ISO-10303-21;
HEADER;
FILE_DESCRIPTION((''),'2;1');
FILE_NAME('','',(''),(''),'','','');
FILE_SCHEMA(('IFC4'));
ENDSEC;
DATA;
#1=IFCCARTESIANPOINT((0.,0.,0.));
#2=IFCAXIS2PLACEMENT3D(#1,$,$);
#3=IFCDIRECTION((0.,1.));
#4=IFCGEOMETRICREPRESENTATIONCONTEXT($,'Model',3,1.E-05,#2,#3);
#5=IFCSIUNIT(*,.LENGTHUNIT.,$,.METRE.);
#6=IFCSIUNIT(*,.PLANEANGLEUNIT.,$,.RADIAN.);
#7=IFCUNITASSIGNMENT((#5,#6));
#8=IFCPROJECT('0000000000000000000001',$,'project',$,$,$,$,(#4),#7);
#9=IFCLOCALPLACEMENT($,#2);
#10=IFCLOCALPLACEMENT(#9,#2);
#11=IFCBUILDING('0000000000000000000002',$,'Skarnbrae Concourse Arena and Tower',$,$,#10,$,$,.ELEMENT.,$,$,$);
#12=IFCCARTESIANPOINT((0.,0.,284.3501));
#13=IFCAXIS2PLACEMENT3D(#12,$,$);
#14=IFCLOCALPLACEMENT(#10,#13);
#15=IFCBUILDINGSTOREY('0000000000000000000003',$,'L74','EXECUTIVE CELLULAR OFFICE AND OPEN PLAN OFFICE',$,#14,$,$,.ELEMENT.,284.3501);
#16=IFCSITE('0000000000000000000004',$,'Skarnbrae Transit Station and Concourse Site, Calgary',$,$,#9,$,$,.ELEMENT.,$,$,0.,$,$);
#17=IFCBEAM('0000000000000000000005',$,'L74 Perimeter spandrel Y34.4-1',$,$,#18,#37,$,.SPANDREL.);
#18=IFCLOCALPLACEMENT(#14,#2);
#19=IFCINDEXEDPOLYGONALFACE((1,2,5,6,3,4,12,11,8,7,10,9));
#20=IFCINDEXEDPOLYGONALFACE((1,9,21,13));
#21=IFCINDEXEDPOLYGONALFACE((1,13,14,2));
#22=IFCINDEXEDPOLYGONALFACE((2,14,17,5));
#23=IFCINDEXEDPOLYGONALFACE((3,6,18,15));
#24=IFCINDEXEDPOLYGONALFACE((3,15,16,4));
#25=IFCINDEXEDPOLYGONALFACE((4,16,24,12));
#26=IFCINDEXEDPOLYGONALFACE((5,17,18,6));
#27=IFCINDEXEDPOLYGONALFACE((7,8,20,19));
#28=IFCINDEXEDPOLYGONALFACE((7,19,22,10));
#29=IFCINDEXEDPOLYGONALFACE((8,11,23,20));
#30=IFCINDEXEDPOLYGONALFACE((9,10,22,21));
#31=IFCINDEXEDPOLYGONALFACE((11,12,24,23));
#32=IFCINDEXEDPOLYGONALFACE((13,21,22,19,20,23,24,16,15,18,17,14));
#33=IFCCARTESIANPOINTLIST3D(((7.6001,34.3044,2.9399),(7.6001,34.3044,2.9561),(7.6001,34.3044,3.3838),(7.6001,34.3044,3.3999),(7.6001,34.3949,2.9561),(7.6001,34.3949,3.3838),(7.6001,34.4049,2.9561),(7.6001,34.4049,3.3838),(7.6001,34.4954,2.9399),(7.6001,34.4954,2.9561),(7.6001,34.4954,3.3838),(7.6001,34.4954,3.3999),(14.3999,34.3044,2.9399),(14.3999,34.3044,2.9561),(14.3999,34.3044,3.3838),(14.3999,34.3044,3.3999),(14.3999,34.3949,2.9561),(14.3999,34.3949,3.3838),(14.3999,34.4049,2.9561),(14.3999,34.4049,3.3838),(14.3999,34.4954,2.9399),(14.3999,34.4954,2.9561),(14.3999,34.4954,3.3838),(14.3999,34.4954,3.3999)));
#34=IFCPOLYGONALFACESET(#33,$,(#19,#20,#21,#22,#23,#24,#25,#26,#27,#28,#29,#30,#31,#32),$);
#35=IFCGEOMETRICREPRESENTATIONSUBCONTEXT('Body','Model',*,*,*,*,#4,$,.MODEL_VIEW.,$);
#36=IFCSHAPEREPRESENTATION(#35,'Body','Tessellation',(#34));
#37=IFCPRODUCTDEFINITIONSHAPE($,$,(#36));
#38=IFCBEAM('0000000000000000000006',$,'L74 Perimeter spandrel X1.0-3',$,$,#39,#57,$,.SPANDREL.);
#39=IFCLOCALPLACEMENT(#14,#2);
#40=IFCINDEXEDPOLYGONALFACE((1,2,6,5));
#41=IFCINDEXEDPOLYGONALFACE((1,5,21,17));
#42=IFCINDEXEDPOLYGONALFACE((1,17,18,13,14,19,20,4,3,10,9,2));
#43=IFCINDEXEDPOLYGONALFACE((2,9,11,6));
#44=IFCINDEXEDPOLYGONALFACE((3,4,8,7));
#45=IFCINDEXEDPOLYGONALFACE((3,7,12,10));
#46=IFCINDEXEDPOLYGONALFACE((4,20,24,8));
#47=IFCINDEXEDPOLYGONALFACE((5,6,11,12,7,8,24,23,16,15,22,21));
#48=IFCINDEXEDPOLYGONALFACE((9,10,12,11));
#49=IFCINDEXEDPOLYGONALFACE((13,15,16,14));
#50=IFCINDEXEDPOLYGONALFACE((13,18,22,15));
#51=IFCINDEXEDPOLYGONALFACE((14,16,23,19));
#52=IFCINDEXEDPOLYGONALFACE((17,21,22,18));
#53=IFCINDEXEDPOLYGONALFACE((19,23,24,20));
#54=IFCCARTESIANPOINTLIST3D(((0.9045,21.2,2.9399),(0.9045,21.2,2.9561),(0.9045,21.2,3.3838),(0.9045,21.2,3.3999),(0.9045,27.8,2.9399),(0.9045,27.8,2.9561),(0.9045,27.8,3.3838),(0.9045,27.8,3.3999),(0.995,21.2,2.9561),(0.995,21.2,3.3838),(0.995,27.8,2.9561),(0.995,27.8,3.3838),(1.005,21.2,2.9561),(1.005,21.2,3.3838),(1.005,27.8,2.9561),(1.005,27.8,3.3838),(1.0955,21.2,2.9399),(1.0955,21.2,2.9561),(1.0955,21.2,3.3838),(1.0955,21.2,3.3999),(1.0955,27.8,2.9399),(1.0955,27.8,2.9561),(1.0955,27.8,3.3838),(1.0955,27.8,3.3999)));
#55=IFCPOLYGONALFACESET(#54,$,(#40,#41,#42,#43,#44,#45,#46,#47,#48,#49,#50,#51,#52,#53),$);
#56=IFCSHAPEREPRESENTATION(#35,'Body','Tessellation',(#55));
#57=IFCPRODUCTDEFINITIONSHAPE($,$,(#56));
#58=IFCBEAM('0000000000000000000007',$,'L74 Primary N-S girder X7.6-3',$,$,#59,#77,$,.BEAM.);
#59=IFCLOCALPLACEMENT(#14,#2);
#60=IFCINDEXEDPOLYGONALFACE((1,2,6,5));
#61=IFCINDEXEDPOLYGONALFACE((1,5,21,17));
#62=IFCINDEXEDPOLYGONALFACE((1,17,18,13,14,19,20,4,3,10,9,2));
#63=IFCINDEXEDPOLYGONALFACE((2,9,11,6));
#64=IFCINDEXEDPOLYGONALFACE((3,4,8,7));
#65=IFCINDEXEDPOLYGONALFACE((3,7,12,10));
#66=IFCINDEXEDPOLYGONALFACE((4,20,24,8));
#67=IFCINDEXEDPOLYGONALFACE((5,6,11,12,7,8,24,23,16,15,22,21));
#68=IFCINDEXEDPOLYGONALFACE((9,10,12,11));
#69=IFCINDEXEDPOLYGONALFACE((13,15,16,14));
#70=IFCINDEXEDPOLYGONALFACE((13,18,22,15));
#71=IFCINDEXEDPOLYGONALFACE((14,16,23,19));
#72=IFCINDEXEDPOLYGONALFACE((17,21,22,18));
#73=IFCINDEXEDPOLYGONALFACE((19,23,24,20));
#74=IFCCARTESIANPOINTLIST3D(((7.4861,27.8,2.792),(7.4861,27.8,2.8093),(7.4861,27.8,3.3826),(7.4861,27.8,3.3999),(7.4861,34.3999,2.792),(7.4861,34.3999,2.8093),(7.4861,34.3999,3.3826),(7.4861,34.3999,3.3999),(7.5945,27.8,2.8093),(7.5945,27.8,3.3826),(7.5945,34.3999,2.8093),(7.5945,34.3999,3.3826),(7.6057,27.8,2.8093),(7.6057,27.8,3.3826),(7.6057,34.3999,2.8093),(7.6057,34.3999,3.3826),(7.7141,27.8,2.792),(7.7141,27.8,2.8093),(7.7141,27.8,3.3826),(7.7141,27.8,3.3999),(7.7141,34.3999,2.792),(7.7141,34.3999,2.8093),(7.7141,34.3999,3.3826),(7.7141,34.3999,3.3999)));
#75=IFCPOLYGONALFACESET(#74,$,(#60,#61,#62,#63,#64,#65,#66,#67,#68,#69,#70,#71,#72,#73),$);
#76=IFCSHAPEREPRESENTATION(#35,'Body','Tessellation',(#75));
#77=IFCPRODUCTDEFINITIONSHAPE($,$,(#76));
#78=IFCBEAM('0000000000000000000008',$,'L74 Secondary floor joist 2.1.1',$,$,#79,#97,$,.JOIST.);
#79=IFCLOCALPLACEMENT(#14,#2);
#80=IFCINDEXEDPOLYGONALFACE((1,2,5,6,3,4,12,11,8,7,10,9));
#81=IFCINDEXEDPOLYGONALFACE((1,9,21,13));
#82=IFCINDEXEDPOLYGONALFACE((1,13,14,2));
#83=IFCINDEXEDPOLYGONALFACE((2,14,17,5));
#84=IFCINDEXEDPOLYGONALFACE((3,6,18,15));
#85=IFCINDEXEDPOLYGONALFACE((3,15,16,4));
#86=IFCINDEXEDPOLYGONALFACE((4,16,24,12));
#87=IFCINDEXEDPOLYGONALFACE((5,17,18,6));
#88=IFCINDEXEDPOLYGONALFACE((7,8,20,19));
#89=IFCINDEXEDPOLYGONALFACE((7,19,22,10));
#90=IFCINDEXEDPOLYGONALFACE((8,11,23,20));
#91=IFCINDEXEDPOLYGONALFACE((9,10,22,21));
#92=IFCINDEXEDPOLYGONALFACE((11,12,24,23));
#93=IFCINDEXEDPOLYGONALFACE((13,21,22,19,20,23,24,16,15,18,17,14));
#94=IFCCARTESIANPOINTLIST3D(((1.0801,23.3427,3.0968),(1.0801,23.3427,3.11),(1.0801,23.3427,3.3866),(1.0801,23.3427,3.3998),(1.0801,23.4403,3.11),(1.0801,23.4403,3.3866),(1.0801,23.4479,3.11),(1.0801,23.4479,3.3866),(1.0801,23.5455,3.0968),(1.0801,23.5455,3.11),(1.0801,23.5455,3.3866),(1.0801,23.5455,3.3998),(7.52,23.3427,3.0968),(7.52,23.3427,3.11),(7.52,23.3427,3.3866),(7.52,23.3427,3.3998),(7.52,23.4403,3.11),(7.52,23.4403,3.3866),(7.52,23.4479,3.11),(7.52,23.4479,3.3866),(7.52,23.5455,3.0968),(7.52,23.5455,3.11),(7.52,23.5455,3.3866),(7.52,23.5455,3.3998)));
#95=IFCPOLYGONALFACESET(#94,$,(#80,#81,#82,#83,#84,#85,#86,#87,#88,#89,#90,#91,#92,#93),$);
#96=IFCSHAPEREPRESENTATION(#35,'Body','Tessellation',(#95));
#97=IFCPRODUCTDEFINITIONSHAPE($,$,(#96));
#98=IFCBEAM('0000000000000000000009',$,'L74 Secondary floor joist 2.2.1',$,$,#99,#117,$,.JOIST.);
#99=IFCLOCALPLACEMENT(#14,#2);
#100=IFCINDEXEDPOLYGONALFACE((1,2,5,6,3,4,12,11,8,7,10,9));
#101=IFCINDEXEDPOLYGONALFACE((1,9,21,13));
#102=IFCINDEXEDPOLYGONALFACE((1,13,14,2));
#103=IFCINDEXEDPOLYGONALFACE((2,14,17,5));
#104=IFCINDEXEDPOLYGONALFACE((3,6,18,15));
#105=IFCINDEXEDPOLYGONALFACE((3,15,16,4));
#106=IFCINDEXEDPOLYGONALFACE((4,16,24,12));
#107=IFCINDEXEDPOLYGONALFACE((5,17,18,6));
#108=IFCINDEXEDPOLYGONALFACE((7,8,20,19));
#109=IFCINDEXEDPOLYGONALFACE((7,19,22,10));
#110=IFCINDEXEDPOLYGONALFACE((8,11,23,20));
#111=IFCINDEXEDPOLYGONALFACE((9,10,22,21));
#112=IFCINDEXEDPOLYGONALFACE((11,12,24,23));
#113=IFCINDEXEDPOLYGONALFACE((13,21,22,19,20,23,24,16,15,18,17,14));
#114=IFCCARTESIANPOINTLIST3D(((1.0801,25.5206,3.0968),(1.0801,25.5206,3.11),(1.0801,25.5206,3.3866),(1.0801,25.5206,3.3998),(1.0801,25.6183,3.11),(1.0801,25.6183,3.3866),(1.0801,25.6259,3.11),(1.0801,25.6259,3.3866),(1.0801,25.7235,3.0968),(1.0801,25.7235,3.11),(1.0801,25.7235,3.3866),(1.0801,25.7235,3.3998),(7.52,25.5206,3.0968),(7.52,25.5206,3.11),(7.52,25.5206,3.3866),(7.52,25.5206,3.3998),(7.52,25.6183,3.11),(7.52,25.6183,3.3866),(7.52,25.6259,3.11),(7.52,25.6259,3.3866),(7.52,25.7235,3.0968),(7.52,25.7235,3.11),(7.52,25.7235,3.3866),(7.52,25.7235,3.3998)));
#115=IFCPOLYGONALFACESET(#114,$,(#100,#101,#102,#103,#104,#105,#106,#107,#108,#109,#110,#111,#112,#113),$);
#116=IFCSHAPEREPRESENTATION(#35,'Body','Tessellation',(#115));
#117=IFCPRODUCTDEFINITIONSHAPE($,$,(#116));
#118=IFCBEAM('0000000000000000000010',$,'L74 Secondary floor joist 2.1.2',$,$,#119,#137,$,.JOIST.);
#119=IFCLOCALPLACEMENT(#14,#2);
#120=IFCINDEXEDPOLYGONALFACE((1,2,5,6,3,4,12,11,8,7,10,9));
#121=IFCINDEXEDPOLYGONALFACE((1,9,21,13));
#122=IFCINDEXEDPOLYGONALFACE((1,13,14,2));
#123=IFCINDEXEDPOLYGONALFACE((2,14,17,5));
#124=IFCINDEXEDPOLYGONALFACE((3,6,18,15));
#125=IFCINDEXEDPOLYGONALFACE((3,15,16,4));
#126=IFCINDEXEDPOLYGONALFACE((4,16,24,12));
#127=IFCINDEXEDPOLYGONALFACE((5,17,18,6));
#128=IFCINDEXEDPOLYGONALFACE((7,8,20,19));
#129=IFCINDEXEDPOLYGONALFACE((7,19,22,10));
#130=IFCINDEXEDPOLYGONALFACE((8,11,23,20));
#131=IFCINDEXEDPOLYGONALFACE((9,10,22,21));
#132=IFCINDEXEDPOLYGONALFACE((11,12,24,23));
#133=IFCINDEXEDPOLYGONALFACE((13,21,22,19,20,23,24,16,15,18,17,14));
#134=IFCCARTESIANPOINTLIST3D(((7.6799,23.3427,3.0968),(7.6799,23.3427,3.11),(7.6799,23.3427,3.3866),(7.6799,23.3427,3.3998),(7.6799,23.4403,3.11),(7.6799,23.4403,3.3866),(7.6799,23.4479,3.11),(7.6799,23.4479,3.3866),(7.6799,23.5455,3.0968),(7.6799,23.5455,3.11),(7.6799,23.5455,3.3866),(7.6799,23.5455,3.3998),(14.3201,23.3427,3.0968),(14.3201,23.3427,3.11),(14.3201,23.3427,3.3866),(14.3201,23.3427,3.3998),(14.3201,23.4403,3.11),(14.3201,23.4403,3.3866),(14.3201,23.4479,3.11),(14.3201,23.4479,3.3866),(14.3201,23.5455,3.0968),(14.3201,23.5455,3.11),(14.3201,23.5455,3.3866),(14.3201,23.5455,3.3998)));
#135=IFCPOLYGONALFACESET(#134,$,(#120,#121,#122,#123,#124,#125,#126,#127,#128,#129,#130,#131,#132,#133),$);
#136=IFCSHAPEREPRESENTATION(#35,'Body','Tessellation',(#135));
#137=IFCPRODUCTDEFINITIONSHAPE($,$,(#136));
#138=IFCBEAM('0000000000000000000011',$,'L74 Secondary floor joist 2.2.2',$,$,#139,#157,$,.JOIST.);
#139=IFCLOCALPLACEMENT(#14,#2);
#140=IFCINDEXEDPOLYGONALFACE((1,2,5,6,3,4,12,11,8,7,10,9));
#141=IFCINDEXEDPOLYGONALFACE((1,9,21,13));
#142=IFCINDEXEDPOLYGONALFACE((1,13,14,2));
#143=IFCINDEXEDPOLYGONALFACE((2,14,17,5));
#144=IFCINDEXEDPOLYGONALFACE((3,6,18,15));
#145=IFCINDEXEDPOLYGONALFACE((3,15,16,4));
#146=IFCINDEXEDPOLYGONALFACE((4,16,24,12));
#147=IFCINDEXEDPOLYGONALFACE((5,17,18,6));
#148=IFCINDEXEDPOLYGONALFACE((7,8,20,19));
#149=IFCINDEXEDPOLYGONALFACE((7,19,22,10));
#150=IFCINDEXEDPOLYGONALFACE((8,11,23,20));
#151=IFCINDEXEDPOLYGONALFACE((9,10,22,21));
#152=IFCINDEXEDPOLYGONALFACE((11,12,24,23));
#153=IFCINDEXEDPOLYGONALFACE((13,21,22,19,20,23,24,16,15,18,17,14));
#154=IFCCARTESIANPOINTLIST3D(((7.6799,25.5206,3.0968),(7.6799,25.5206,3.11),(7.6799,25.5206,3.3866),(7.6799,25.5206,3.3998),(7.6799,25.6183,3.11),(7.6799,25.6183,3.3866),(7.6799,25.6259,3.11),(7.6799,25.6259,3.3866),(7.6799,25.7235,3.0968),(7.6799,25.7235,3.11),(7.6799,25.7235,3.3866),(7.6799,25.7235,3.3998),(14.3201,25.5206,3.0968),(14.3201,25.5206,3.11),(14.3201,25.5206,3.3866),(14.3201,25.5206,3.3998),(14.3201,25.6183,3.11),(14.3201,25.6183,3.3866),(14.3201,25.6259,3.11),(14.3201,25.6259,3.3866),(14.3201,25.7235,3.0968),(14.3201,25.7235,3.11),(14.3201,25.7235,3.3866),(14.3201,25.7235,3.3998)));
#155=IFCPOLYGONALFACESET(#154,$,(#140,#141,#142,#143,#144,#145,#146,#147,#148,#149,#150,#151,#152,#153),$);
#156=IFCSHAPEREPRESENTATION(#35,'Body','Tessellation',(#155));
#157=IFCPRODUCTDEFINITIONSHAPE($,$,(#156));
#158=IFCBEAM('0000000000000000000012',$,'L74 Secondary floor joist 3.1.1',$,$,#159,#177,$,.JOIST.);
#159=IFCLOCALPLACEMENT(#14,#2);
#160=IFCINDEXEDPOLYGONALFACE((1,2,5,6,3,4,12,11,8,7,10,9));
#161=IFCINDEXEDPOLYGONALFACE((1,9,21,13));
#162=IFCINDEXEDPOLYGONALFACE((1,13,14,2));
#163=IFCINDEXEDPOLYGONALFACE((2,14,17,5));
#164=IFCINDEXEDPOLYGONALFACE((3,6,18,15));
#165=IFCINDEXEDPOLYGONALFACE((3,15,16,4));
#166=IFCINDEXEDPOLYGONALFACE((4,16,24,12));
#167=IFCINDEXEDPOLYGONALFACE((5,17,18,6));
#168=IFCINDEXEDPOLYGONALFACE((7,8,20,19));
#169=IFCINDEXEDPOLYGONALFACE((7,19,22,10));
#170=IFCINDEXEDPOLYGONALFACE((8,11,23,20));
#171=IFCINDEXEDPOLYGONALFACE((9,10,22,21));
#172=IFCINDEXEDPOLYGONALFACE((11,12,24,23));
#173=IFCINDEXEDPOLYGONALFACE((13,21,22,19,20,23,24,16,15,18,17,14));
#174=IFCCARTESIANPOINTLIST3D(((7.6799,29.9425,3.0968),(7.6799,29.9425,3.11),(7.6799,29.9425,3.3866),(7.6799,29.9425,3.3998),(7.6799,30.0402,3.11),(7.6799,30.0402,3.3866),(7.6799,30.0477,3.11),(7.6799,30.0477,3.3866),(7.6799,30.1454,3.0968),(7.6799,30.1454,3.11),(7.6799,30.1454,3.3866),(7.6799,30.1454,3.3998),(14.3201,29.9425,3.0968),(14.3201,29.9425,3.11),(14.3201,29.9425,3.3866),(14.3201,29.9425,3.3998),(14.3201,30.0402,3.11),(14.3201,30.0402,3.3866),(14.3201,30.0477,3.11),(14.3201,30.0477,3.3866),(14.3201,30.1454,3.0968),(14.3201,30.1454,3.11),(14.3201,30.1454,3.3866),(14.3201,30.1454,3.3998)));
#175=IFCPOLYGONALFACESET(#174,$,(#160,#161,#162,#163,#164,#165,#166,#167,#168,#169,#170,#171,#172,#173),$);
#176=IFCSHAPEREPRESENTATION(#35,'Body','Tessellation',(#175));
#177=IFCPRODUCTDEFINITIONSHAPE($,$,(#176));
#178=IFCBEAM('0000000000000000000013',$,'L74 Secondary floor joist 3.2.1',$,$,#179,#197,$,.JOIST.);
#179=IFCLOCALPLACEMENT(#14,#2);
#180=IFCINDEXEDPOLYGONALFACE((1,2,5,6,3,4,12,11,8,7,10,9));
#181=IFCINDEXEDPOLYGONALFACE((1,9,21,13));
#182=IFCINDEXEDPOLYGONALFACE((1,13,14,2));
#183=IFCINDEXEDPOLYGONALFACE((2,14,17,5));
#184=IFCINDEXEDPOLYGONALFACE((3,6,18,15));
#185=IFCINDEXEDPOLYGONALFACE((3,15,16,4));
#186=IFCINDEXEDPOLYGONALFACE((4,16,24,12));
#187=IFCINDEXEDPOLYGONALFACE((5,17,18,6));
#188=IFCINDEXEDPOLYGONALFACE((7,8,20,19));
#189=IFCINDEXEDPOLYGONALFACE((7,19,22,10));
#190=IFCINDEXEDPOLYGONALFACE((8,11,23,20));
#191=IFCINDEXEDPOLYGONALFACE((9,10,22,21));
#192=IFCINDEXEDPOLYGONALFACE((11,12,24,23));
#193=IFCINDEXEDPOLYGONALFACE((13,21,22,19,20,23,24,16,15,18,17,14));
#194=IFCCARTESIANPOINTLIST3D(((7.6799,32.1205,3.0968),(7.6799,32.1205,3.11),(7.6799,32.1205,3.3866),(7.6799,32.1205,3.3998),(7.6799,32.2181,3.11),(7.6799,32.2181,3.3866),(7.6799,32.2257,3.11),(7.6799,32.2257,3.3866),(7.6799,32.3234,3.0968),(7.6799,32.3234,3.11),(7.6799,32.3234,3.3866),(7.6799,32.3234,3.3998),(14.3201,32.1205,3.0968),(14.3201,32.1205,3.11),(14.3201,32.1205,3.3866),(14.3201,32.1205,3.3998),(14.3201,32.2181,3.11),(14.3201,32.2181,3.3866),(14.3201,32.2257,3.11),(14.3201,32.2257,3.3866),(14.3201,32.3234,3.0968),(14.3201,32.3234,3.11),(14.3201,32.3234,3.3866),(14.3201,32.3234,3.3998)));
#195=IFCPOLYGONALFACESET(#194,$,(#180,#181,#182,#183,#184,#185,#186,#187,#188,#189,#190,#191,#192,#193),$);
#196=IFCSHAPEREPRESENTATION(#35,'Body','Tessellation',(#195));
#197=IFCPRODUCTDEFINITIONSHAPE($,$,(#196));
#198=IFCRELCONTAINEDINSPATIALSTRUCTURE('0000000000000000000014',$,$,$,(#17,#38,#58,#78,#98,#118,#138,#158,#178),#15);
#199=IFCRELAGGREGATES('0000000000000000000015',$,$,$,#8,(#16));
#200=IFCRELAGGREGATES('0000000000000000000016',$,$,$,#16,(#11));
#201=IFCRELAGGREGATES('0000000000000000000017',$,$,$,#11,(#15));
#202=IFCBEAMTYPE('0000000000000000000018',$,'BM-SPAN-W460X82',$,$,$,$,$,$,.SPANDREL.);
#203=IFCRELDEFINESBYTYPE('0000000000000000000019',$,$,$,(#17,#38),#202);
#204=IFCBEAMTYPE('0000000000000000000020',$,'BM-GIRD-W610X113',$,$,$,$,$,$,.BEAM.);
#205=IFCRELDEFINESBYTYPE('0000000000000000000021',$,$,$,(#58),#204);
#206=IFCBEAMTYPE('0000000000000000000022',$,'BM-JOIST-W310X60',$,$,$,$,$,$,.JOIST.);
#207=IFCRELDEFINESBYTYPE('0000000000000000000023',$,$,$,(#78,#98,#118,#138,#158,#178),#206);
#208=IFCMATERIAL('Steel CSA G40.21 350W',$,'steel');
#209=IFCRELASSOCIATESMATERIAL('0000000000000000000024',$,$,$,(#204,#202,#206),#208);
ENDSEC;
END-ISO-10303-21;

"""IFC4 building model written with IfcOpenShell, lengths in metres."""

from ifc_helpers import new_model, si_unit, direction, frame, origin, origin_2d, place, context, subcontext, project, spatial, i_section, extrude, source, transform, mapped, material, material_profile, profile_set, type_object, element, save


model = new_model("IFC4")

# Units and contexts
model_context = context("Model", 3, precision=1e-05, world=origin(), true_north=direction((0.0, 1.0)))
body_context = subcontext(model_context, "Body", "Model", "MODEL_VIEW")
ifc_project = project(units=[si_unit("LENGTHUNIT", "METRE"), si_unit("PLANEANGLEUNIT", "RADIAN")], contexts=[model_context])

# Site, building, storey
site_placement = place(None, origin())
site = spatial("IfcSite", under=ifc_project, at=site_placement, Name="Skarnbrae Transit Station and Concourse Site, Calgary", CompositionType="ELEMENT", RefElevation=0.0)
building_placement = place(site_placement, origin())
building = spatial("IfcBuilding", under=site, at=building_placement, Name="Skarnbrae Concourse Arena and Tower", CompositionType="ELEMENT")
storey_placement = place(building_placement, frame((0.0, 0.0, 284.3501)))
storey = spatial("IfcBuildingStorey", under=building, at=storey_placement, Name="L74", Description="EXECUTIVE CELLULAR OFFICE AND OPEN PLAN OFFICE", CompositionType="ELEMENT", Elevation=284.3501)

# Shared definitions
ifc_material_1 = material(Name="Steel CSA G40.21 350W", Category="steel")

# Beams
ifc_material_profile_1 = material_profile(ifc_material_1, i_section(OverallWidth=0.228, OverallDepth=0.6079, WebThickness=0.0112, FlangeThickness=0.0173, at=origin_2d()), Name="W610X113")
ifc_profile_set_1 = profile_set([ifc_material_profile_1], Name="Steel CSA G40.21 350W")
beam_type_1 = type_object("IfcBeamType", Name="BM-GIRD-W610X113", PredefinedType="BEAM", material=ifc_profile_set_1)
ifc_material_profile_2 = material_profile(ifc_material_1, i_section(OverallWidth=0.1909, OverallDepth=0.46, WebThickness=0.01, FlangeThickness=0.0161, at=origin_2d()), Name="W460X82")
ifc_profile_set_2 = profile_set([ifc_material_profile_2], Name="Steel CSA G40.21 350W")
beam_type_2 = type_object("IfcBeamType", Name="BM-SPAN-W460X82", PredefinedType="SPANDREL", material=ifc_profile_set_2)
shared_shape_1 = source(origin(), body_context, "Body", "SweptSolid", [
    extrude(i_section(OverallWidth=0.1909, OverallDepth=0.46, WebThickness=0.01, FlangeThickness=0.0161, at=origin_2d()), origin(), (0.0, 0.0, 1.0), 6.7998),
])
beam_1_placement = place(storey_placement, frame((7.6001, 34.3999, 3.1699), z_axis=(1.0, 0.0, 0.0), x_axis=(0.0, 1.0, 0.0)))
element("IfcBeam", 1, at=beam_1_placement, inside=storey, type_object=beam_type_2, Name="L74 Perimeter spandrel Y34.4-1", PredefinedType="SPANDREL", context=body_context, shape_type="MappedRepresentation", body=[
    mapped(shared_shape_1, transform((0.0, 0.0, 0.0))),
])
shared_shape_2 = source(origin(), body_context, "Body", "SweptSolid", [
    extrude(i_section(OverallWidth=0.1909, OverallDepth=0.46, WebThickness=0.01, FlangeThickness=0.0161, at=origin_2d()), origin(), (0.0, 0.0, 1.0), 6.6001),
])
beam_2_placement = place(storey_placement, frame((1.0, 21.2, 3.1699), z_axis=(0.0, 1.0, 0.0), x_axis=(-1.0, 0.0, 0.0)))
element("IfcBeam", 2, at=beam_2_placement, inside=storey, type_object=beam_type_2, Name="L74 Perimeter spandrel X1.0-3", PredefinedType="SPANDREL", context=body_context, shape_type="MappedRepresentation", body=[
    mapped(shared_shape_2, transform((0.0, 0.0, 0.0))),
])
shared_shape_3 = source(origin(), body_context, "Body", "SweptSolid", [
    extrude(i_section(OverallWidth=0.228, OverallDepth=0.6079, WebThickness=0.0112, FlangeThickness=0.0173, at=origin_2d()), origin(), (0.0, 0.0, 1.0), 6.5999),
])
beam_3_placement = place(storey_placement, frame((7.6001, 27.8, 3.0959), z_axis=(0.0, 1.0, 0.0), x_axis=(-1.0, 0.0, 0.0)))
element("IfcBeam", 3, at=beam_3_placement, inside=storey, type_object=beam_type_1, Name="L74 Primary N-S girder X7.6-3", PredefinedType="BEAM", context=body_context, shape_type="MappedRepresentation", body=[
    mapped(shared_shape_3, transform((0.0, 0.0, 0.0))),
])
ifc_material_profile_3 = material_profile(ifc_material_1, i_section(OverallWidth=0.2029, OverallDepth=0.303, WebThickness=0.0076, FlangeThickness=0.0132, at=origin_2d()), Name="W310X60")
ifc_profile_set_3 = profile_set([ifc_material_profile_3], Name="Steel CSA G40.21 350W")
beam_type_3 = type_object("IfcBeamType", Name="BM-JOIST-W310X60", PredefinedType="JOIST", material=ifc_profile_set_3)
shared_shape_4 = source(origin(), body_context, "Body", "SweptSolid", [
    extrude(i_section(OverallWidth=0.2029, OverallDepth=0.303, WebThickness=0.0076, FlangeThickness=0.0132, at=origin_2d()), origin(), (0.0, 0.0, 1.0), 6.4399),
])
for number, where, z_axis, x_axis, name in (
    (4, (1.0801, 23.4441, 3.2483), (1.0, 0.0, 0.0), (0.0, 1.0, 0.0), "L74 Secondary floor joist 2.1.1"),
    (5, (1.0801, 25.6221, 3.2483), (1.0, 0.0, 0.0), (0.0, 1.0, 0.0), "L74 Secondary floor joist 2.2.1"),
):
    element("IfcBeam", number, at=place(storey_placement, frame(where, z_axis=z_axis, x_axis=x_axis)), inside=storey, type_object=beam_type_3, Name=name, PredefinedType="JOIST", context=body_context, shape_type="MappedRepresentation", body=[
        mapped(shared_shape_4, transform((0.0, 0.0, 0.0))),
    ])
shared_shape_5 = source(origin(), body_context, "Body", "SweptSolid", [
    extrude(i_section(OverallWidth=0.2029, OverallDepth=0.303, WebThickness=0.0076, FlangeThickness=0.0132, at=origin_2d()), origin(), (0.0, 0.0, 1.0), 6.6401),
])
for number, where, z_axis, x_axis, name in (
    (6, (7.6799, 23.4441, 3.2483), (1.0, 0.0, 0.0), (0.0, 1.0, 0.0), "L74 Secondary floor joist 2.1.2"),
    (7, (7.6799, 25.6221, 3.2483), (1.0, 0.0, 0.0), (0.0, 1.0, 0.0), "L74 Secondary floor joist 2.2.2"),
    (8, (7.6799, 30.0439, 3.2483), (1.0, 0.0, 0.0), (0.0, 1.0, 0.0), "L74 Secondary floor joist 3.1.1"),
    (9, (7.6799, 32.2219, 3.2483), (1.0, 0.0, 0.0), (0.0, 1.0, 0.0), "L74 Secondary floor joist 3.2.1"),
):
    element("IfcBeam", number, at=place(storey_placement, frame(where, z_axis=z_axis, x_axis=x_axis)), inside=storey, type_object=beam_type_3, Name=name, PredefinedType="JOIST", context=body_context, shape_type="MappedRepresentation", body=[
        mapped(shared_shape_5, transform((0.0, 0.0, 0.0))),
    ])

save(model, "model.ifc")
